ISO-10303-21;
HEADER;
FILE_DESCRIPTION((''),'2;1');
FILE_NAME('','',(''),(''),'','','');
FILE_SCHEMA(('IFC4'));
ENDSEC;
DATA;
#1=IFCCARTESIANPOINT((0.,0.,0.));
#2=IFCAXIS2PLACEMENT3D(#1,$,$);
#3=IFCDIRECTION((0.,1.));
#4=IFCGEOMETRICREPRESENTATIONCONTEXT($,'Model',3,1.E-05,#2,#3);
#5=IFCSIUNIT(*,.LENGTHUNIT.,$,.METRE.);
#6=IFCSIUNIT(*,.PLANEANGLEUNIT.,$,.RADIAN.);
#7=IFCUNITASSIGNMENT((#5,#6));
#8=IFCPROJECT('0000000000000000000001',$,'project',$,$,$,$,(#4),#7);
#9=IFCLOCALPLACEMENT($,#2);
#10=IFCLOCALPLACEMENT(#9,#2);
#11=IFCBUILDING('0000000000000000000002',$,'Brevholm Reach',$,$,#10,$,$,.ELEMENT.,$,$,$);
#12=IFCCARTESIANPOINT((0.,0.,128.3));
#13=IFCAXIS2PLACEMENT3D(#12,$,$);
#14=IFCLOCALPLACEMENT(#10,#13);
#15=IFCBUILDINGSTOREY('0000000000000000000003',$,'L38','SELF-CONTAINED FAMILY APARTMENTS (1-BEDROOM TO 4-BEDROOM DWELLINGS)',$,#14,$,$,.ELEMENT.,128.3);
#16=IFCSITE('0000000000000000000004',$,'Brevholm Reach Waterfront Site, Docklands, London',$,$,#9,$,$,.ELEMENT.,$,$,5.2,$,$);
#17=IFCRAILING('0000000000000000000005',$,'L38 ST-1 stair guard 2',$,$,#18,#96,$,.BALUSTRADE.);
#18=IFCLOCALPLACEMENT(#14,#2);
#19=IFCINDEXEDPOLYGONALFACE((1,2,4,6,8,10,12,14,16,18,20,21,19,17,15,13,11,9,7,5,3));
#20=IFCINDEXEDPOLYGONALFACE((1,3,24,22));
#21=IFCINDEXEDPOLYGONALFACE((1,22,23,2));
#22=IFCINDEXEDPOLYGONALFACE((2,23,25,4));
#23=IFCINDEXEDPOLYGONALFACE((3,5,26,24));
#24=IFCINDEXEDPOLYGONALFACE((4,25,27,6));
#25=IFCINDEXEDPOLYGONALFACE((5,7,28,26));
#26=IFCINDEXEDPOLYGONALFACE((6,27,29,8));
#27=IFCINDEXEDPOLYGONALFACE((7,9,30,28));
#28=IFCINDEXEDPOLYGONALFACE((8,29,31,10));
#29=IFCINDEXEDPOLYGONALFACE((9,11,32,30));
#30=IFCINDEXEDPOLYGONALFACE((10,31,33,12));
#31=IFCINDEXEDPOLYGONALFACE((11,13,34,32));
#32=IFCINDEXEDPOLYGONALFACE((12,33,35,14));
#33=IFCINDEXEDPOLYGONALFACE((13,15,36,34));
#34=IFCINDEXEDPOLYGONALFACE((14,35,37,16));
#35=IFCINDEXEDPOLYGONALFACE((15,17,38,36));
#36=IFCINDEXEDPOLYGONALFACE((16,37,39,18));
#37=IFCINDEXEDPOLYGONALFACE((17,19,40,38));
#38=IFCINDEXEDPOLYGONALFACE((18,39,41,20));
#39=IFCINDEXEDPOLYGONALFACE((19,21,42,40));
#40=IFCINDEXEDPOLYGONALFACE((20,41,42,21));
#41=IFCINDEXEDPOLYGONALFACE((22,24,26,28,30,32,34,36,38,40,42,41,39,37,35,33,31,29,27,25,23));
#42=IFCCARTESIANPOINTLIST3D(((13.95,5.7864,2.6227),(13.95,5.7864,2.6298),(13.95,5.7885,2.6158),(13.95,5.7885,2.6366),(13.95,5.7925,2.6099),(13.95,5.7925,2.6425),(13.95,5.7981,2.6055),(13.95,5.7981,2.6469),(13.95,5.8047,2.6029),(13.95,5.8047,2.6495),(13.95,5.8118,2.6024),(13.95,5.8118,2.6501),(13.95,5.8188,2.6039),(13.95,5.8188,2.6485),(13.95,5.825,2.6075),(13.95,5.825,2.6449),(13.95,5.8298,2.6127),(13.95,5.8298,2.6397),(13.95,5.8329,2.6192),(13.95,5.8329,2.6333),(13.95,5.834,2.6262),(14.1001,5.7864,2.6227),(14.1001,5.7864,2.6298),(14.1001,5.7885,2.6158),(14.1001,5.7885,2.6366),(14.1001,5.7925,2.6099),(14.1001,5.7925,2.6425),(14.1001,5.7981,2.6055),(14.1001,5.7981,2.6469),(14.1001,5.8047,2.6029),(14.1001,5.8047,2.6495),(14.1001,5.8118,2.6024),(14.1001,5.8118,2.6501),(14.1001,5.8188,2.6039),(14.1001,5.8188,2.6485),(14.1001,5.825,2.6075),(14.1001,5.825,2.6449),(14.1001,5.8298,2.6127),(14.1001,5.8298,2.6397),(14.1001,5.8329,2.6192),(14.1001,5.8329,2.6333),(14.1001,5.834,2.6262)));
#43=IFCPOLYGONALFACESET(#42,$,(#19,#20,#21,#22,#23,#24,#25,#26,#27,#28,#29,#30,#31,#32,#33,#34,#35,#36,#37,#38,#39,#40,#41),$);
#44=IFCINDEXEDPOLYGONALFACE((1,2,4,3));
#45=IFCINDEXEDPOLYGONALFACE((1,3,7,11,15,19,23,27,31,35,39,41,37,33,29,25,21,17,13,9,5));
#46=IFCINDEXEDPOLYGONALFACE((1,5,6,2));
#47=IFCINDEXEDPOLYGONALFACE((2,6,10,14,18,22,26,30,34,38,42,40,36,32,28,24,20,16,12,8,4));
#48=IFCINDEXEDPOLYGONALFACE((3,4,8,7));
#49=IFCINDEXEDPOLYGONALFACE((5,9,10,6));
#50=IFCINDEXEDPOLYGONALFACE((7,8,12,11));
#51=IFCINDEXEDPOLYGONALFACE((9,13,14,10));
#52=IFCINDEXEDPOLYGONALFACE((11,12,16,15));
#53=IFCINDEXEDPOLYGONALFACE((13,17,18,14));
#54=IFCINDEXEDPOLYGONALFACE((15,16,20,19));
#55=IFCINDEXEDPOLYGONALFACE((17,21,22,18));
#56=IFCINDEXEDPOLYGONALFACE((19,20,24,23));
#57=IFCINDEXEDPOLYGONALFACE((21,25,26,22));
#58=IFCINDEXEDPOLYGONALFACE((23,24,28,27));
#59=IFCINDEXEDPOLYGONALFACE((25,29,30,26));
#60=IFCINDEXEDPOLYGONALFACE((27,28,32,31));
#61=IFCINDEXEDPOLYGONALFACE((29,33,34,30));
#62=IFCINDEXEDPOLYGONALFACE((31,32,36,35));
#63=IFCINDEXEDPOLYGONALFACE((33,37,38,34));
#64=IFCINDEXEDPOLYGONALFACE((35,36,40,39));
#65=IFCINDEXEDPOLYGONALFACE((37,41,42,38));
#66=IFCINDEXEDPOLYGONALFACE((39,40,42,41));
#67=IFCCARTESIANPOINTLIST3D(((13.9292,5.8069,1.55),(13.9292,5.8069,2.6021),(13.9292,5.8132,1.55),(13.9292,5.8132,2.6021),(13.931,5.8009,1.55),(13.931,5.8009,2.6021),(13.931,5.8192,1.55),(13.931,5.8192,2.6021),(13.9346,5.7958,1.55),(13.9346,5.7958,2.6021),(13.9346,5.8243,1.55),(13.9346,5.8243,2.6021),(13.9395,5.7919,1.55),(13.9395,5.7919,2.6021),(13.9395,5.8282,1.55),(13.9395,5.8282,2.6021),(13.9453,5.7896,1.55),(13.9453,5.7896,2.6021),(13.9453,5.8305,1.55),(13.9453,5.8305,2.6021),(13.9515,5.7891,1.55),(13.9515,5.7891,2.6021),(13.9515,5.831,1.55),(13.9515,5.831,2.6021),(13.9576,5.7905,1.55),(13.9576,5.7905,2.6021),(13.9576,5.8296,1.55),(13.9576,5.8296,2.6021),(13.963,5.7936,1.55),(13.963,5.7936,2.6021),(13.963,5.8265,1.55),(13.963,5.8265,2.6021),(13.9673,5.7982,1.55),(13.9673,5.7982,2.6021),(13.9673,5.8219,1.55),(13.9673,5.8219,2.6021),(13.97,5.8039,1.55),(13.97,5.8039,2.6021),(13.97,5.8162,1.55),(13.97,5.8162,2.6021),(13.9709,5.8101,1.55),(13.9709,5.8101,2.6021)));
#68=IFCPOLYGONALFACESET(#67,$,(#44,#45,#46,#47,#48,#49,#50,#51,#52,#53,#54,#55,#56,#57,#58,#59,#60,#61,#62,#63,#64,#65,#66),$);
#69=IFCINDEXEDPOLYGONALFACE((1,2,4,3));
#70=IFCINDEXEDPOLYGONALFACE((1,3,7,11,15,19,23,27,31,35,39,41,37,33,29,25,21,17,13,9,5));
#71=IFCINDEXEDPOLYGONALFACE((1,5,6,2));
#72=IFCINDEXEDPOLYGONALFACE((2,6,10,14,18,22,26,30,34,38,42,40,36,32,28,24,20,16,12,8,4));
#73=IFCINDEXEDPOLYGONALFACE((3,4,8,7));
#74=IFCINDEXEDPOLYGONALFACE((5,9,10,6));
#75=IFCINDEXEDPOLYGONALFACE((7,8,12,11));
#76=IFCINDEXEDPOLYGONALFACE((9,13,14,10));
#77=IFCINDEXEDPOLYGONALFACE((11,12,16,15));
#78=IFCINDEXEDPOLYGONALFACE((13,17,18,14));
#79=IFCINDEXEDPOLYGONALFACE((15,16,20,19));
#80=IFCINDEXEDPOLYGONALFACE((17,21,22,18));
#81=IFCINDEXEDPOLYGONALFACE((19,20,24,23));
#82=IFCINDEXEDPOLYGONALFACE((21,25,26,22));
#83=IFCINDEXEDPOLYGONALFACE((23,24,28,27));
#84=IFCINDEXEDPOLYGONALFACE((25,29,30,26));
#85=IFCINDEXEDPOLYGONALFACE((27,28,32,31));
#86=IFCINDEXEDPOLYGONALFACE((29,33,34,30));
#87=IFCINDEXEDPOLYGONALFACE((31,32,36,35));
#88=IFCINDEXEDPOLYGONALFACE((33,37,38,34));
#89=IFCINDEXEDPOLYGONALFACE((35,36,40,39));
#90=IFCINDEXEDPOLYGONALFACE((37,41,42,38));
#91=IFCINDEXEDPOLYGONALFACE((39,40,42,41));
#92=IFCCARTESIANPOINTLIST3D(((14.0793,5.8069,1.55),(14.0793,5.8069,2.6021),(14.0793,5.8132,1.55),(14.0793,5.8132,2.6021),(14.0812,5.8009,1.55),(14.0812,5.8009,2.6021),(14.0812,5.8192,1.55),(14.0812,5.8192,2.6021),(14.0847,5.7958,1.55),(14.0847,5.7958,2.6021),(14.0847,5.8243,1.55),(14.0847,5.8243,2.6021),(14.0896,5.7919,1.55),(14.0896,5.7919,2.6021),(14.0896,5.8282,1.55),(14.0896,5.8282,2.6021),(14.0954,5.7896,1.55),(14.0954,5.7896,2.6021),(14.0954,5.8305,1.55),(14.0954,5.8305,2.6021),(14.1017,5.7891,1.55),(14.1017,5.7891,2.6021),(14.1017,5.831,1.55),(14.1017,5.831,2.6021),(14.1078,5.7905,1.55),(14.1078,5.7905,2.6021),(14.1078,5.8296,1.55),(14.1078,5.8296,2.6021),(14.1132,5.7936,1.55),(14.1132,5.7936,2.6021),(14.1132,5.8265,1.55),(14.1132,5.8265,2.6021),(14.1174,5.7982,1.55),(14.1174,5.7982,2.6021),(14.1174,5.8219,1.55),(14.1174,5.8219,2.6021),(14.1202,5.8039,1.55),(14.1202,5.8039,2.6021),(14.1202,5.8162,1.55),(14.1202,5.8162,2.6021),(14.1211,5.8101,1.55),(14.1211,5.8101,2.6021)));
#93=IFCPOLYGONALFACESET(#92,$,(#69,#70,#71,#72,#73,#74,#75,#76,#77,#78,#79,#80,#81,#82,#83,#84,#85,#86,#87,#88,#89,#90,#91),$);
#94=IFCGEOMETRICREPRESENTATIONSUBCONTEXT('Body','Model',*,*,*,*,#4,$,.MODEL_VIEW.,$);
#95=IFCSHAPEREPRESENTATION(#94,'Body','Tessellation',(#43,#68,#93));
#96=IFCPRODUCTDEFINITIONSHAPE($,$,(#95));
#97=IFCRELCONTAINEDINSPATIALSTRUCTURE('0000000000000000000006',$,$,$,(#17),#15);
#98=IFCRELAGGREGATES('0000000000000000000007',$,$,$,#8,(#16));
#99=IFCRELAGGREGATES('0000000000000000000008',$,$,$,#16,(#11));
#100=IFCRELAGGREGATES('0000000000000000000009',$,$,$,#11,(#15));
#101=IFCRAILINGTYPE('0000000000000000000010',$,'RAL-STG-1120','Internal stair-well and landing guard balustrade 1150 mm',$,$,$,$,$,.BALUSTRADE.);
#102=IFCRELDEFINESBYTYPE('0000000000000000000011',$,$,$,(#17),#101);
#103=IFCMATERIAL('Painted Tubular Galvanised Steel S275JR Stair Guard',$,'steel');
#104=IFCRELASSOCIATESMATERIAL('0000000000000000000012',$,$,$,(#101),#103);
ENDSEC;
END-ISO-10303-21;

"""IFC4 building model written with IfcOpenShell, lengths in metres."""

from ifc_helpers import new_model, si_unit, direction, frame, origin, origin_2d, place, context, subcontext, project, spatial, circle, extrude, material, type_object, element, save


model = new_model("IFC4")

# Units and contexts
model_context = context("Model", 3, precision=1e-05, world=origin(), true_north=direction((0.0, 1.0)))
body_context = subcontext(model_context, "Body", "Model", "MODEL_VIEW")
ifc_project = project(units=[si_unit("LENGTHUNIT", "METRE"), si_unit("PLANEANGLEUNIT", "RADIAN")], contexts=[model_context])

# Site, building, storey
site_placement = place(None, origin())
site = spatial("IfcSite", under=ifc_project, at=site_placement, Name="Brevholm Reach Waterfront Site, Docklands, London", CompositionType="ELEMENT", RefElevation=5.2)
building_placement = place(site_placement, origin())
building = spatial("IfcBuilding", under=site, at=building_placement, Name="Brevholm Reach", CompositionType="ELEMENT")
storey_placement = place(building_placement, frame((0.0, 0.0, 128.3)))
storey = spatial("IfcBuildingStorey", under=building, at=storey_placement, Name="L38", Description="SELF-CONTAINED FAMILY APARTMENTS (1-BEDROOM TO 4-BEDROOM DWELLINGS)", CompositionType="ELEMENT", Elevation=128.3)

# Railing
ifc_material_1 = material(Name="Painted Tubular Galvanised Steel S275JR Stair Guard", Category="steel")
railing_type_1 = type_object("IfcRailingType", Name="RAL-STG-1120", Description="Internal stair-well and landing guard balustrade 1150 mm", PredefinedType="BALUSTRADE", material=ifc_material_1)
railing_1_placement = place(storey_placement, frame((13.95, 5.8101, 1.55)))
element("IfcRailing", 1, at=railing_1_placement, inside=storey, type_object=railing_type_1, Name="L38 ST-1 stair guard 2", PredefinedType="BALUSTRADE", context=body_context, shape_type="SweptSolid", body=[
    extrude(circle(Radius=0.0239, at=origin_2d()), frame((0.0, 0.0, 1.0762), z_axis=(1.0, 0.0, 0.0), x_axis=(0.0, 1.0, 0.0)), (0.0, 0.0, 1.0), 0.1501),
    extrude(circle(Radius=0.021, at=origin_2d()), origin(), (0.0, 0.0, 1.0), 1.052),
    extrude(circle(Radius=0.021, at=origin_2d()), frame((0.1501, 0.0, 0.0)), (0.0, 0.0, 1.0), 1.052),
])

save(model, "model.ifc")
